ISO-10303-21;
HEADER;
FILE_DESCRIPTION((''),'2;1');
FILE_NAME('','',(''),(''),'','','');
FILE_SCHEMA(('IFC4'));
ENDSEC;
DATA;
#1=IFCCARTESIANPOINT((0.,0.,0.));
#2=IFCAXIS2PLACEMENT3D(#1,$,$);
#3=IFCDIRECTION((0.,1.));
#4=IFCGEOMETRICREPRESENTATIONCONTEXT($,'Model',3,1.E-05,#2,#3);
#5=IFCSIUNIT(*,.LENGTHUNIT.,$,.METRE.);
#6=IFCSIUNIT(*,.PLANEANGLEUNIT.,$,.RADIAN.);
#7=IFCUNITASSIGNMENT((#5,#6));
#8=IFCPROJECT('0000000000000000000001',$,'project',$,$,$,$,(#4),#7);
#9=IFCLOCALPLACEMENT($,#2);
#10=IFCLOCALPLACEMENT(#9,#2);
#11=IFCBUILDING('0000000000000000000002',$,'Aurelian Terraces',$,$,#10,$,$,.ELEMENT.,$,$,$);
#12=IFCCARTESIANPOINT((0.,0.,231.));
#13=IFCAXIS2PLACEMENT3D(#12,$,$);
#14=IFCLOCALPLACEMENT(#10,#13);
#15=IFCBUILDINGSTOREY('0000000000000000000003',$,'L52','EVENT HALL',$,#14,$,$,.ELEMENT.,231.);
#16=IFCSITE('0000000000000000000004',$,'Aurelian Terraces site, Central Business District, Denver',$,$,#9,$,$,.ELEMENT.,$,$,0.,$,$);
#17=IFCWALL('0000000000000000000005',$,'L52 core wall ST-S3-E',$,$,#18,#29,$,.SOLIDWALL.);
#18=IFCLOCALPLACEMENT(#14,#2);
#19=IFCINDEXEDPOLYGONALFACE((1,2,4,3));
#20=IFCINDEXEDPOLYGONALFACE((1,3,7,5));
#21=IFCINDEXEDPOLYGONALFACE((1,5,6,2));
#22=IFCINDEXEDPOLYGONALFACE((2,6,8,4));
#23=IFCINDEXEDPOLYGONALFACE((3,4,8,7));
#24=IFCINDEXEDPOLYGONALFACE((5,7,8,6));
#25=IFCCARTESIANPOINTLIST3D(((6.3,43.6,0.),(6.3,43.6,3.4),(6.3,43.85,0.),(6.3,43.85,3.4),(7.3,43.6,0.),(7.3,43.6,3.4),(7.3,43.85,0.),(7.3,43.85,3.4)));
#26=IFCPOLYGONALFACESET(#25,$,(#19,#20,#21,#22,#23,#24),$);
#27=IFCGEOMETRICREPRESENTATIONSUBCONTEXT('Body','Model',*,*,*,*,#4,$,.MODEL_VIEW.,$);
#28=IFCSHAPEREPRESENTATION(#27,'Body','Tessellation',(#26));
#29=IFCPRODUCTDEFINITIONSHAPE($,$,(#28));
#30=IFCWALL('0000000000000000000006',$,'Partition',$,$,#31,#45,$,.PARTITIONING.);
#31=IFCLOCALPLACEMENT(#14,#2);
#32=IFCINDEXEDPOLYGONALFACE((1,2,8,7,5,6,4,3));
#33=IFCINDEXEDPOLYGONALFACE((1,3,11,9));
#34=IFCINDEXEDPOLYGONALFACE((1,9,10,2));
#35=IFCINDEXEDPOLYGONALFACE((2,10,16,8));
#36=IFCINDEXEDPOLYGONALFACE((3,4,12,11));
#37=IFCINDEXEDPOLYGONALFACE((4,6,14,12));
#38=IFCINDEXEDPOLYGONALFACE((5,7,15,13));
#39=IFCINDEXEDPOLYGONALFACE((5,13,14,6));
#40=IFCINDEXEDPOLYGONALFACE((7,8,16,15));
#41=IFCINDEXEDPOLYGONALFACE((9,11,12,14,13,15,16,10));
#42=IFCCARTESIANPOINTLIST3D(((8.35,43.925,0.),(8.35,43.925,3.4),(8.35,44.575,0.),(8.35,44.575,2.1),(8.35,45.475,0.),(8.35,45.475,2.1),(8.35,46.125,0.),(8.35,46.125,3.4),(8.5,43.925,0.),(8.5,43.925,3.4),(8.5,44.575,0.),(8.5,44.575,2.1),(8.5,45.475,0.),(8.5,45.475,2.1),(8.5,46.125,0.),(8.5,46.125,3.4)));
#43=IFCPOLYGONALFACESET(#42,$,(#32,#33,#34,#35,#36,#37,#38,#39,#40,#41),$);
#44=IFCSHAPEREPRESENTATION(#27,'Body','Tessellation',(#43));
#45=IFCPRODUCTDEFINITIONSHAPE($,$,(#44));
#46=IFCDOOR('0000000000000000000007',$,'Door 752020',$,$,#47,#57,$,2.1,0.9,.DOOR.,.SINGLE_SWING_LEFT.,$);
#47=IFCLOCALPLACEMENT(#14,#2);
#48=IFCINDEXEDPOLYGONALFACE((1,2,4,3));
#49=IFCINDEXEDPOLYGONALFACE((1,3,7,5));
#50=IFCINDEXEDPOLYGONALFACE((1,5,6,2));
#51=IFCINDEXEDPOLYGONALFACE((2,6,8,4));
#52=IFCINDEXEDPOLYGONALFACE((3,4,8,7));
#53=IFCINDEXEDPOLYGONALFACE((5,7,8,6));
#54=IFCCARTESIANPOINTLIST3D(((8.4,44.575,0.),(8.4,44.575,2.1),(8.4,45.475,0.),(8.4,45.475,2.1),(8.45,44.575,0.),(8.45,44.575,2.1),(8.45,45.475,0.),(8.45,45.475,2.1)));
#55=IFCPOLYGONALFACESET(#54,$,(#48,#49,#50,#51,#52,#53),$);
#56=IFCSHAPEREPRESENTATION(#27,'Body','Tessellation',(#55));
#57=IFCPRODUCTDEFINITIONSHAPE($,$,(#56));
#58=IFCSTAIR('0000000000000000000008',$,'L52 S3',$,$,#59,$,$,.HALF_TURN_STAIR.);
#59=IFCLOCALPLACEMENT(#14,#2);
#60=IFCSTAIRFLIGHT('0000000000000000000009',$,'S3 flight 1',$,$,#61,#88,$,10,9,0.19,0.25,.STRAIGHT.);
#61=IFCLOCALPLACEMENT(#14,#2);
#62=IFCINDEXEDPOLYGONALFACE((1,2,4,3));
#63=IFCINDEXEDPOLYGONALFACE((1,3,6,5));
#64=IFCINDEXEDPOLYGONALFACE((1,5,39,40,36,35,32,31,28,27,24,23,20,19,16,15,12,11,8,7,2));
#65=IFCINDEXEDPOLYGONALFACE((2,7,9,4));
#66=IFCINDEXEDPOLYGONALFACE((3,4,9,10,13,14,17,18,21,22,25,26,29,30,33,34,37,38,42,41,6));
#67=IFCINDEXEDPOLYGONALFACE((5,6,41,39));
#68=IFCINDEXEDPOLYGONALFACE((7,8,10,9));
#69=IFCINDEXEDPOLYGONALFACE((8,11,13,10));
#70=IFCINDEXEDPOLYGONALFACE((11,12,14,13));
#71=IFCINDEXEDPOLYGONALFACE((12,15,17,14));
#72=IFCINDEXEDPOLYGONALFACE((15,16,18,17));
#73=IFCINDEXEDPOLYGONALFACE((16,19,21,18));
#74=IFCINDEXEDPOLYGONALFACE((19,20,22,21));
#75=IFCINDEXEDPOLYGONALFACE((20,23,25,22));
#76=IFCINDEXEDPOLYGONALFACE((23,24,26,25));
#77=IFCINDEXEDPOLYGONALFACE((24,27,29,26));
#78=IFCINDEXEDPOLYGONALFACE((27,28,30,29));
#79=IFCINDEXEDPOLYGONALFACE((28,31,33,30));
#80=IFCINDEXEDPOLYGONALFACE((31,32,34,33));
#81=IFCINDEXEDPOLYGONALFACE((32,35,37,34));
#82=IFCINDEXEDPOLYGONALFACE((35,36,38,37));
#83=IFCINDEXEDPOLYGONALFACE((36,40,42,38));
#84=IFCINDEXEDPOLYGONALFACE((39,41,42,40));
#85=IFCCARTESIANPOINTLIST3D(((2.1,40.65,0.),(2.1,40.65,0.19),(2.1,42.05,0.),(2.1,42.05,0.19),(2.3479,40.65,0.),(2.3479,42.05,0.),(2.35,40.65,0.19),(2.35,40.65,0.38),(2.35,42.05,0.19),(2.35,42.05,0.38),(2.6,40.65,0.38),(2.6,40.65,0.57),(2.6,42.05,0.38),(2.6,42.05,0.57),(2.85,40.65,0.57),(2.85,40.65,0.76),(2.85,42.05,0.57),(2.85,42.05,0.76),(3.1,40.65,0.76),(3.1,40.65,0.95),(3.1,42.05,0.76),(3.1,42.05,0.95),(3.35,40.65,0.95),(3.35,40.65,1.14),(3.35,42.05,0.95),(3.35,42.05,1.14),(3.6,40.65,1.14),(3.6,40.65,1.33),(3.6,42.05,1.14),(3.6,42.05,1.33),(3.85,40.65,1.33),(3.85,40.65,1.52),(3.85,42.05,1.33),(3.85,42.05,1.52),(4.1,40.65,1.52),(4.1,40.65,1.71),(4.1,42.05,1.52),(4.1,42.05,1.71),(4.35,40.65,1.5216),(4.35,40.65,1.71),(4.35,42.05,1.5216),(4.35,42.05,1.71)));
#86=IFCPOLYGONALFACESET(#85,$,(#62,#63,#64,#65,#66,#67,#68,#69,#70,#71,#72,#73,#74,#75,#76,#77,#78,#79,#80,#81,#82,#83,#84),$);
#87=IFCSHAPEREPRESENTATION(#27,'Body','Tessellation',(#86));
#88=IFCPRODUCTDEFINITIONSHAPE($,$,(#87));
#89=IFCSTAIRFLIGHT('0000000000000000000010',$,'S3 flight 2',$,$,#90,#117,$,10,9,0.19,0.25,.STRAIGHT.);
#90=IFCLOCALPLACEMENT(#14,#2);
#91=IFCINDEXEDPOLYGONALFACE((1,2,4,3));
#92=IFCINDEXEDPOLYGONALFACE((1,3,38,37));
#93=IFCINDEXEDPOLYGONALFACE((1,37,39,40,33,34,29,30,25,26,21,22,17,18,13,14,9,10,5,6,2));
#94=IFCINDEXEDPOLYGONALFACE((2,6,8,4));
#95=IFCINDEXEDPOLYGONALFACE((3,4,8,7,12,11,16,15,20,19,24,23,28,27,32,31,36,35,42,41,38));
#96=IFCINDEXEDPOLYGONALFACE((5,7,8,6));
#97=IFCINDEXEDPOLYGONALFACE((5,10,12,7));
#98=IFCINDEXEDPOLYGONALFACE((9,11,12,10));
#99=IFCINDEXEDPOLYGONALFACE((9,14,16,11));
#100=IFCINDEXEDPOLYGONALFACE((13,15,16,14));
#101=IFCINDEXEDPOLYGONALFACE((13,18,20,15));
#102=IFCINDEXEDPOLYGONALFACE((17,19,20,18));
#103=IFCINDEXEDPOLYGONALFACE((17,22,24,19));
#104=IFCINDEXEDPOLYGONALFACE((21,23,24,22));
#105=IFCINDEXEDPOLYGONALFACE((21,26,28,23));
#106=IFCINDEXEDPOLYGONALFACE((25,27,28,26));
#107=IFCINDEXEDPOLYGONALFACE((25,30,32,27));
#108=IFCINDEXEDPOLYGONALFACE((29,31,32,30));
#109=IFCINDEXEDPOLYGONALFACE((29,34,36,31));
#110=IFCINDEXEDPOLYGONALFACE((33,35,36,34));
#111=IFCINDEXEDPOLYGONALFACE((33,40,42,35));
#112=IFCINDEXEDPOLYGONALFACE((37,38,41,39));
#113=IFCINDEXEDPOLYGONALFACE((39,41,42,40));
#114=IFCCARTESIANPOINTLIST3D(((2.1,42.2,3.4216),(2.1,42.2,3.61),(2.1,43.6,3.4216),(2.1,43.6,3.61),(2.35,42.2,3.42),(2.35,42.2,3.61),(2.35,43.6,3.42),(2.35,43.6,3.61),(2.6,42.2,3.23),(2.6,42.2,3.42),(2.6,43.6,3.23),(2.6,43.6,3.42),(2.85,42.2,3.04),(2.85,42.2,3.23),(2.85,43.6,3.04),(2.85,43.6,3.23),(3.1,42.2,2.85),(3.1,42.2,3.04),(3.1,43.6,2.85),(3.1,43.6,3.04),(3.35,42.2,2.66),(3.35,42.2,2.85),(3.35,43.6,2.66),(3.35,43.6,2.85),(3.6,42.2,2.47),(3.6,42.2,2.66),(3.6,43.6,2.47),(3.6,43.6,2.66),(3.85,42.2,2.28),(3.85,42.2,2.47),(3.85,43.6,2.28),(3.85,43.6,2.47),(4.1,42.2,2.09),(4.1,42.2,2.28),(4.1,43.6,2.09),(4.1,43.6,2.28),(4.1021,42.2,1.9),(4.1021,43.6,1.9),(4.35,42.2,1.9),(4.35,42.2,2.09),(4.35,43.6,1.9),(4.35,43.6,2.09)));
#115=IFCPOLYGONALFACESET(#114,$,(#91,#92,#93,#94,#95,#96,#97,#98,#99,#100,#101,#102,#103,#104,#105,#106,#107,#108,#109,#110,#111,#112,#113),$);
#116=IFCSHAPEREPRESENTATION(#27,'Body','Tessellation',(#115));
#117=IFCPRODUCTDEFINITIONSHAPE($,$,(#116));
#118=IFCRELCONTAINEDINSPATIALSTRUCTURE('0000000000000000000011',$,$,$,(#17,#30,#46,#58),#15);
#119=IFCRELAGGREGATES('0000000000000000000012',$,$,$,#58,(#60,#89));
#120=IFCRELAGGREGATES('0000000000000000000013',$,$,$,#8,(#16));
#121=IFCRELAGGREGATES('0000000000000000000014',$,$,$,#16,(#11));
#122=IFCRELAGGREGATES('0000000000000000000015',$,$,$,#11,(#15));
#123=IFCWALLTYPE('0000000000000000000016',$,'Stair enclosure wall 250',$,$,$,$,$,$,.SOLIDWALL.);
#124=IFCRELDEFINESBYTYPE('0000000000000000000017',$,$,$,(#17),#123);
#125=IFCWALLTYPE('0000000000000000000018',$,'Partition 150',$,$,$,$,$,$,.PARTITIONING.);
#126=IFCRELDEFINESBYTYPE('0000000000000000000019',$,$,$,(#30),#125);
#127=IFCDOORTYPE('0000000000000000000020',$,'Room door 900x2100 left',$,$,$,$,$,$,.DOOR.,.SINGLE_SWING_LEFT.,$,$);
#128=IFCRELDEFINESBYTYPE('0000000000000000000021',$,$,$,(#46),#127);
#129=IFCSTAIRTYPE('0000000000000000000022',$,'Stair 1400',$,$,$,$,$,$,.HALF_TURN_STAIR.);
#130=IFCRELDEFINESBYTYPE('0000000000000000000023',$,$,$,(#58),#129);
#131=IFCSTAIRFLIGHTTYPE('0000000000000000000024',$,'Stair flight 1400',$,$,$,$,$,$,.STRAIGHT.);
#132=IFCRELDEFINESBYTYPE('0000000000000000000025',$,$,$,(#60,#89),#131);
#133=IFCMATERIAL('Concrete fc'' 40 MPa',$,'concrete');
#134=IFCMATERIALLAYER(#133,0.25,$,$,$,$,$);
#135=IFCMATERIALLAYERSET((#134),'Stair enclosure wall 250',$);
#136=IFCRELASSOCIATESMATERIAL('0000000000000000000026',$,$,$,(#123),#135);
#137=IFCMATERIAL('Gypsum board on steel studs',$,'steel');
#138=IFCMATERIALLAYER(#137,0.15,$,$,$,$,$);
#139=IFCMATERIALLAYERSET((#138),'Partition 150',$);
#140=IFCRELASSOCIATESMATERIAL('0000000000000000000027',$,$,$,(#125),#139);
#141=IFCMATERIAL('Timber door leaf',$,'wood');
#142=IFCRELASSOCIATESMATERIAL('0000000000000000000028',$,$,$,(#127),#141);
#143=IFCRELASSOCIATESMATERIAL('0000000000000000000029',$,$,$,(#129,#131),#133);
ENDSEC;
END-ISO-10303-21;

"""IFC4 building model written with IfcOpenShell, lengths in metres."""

from ifc_helpers import new_model, si_unit, direction, frame, frame_2d, origin, place, context, subcontext, project, spatial, polyline, rectangle, outline, extrude, source, transform, mapped, material, layer, layer_set, type_object, element, fill, aggregate, save


model = new_model("IFC4")

# Units and contexts
model_context = context("Model", 3, precision=1e-05, world=origin(), true_north=direction((0.0, 1.0)))
body_context = subcontext(model_context, "Body", "Model", "MODEL_VIEW")
ifc_project = project(units=[si_unit("LENGTHUNIT", "METRE"), si_unit("PLANEANGLEUNIT", "RADIAN")], contexts=[model_context])

# Site, building, storey
site_placement = place(None, origin())
site = spatial("IfcSite", under=ifc_project, at=site_placement, Name="Aurelian Terraces site, Central Business District, Denver", CompositionType="ELEMENT", RefElevation=0.0)
building_placement = place(site_placement, origin())
building = spatial("IfcBuilding", under=site, at=building_placement, Name="Aurelian Terraces", CompositionType="ELEMENT")
storey_placement = place(building_placement, frame((0.0, 0.0, 231.0)))
storey = spatial("IfcBuildingStorey", under=building, at=storey_placement, Name="L52", Description="EVENT HALL", CompositionType="ELEMENT", Elevation=231.0)

# Shared definitions
ifc_material_1 = material(Name="Concrete fc' 40 MPa", Category="concrete")

# Shared definitions
ifc_layer_1 = layer(ifc_material_1, 0.25)
ifc_layer_set_1 = layer_set([ifc_layer_1], Name="Stair enclosure wall 250")
wall_type_1 = type_object("IfcWallType", Name="Stair enclosure wall 250", PredefinedType="SOLIDWALL", material=ifc_layer_set_1)

# Wall
ifc_material_2 = material(Name="Gypsum board on steel studs", Category="steel")
shared_shape_1 = source(origin(), body_context, "Body", "SweptSolid", [
    extrude(rectangle(XDim=1.0, YDim=0.25, at=frame_2d((0.5, 0.0))), origin(), (0.0, 0.0, 1.0), 3.4),
])
wall_1_placement = place(storey_placement, frame((6.3, 43.725, 0.0), z_axis=(0.0, 0.0, 1.0), x_axis=(1.0, 0.0, 0.0)))
element("IfcWall", 1, at=wall_1_placement, inside=storey, type_object=wall_type_1, Name="L52 core wall ST-S3-E", PredefinedType="SOLIDWALL", context=body_context, shape_type="MappedRepresentation", body=[
    mapped(shared_shape_1, transform((0.0, 0.0, 0.0), scale=1.0)),
])

# Wall, opening, door
ifc_layer_2 = layer(ifc_material_2, 0.15)
ifc_layer_set_2 = layer_set([ifc_layer_2], Name="Partition 150")
wall_type_2 = type_object("IfcWallType", Name="Partition 150", PredefinedType="PARTITIONING", material=ifc_layer_set_2)
shared_shape_2 = source(origin(), body_context, "Body", "SweptSolid", [
    extrude(rectangle(XDim=2.2, YDim=0.15, at=frame_2d((1.1, 0.0))), origin(), (0.0, 0.0, 1.0), 3.4),
])
wall_2_placement = place(storey_placement, frame((8.425, 43.925, 0.0), z_axis=(0.0, 0.0, 1.0), x_axis=(0.0, 1.0, 0.0)))
wall_2 = element("IfcWall", 2, at=wall_2_placement, inside=storey, type_object=wall_type_2, Name="Partition", PredefinedType="PARTITIONING", context=body_context, shape_type="MappedRepresentation", body=[
    mapped(shared_shape_2, transform((0.0, 0.0, 0.0), scale=1.0)),
])
shared_shape_3 = source(origin(), body_context, "Body", "SweptSolid", [
    extrude(rectangle(XDim=0.9, YDim=2.1, at=frame_2d((0.45, 1.05))), frame((0.0, 0.085, 0.0), z_axis=(0.0, -1.0, 0.0), x_axis=(1.0, 0.0, 0.0)), (0.0, 0.0, 1.0), 0.17),
])
opening_1_placement = place(wall_2_placement, frame((0.65, 0.0, 0.0)))
opening_1 = element("IfcOpeningElement", 3, at=opening_1_placement, cuts=wall_2, PredefinedType="OPENING", context=body_context, shape_type="MappedRepresentation", body=[
    mapped(shared_shape_3, transform((0.0, 0.0, 0.0), scale=1.0)),
])
ifc_material_3 = material(Name="Timber door leaf", Category="wood")
door_type_1 = type_object("IfcDoorType", Name="Room door 900x2100 left", OperationType="SINGLE_SWING_LEFT", PredefinedType="DOOR", material=ifc_material_3)
shared_shape_4 = source(origin(), body_context, "Body", "SweptSolid", [
    extrude(rectangle(XDim=0.9, YDim=2.1, at=frame_2d((0.45, 1.05))), frame((0.0, 0.025, 0.0), z_axis=(0.0, -1.0, 0.0), x_axis=(1.0, 0.0, 0.0)), (0.0, 0.0, 1.0), 0.05),
])
door_1_placement = place(opening_1_placement, origin())
door_1 = element("IfcDoor", 4, at=door_1_placement, inside=storey, type_object=door_type_1, Name="Door 752020", OperationType="SINGLE_SWING_LEFT", OverallHeight=2.1, OverallWidth=0.9, PredefinedType="DOOR", context=body_context, shape_type="MappedRepresentation", body=[
    mapped(shared_shape_4, transform((0.0, 0.0, 0.0), scale=1.0)),
])
fill(opening_1, door_1)

# Stair, stair flights
stair_type = type_object("IfcStairType", Name="Stair 1400", PredefinedType="HALF_TURN_STAIR", material=ifc_material_1)
stair_placement = place(storey_placement, origin())
stair = element("IfcStair", 5, at=stair_placement, inside=storey, type_object=stair_type, Name="L52 S3", PredefinedType="HALF_TURN_STAIR")
stair_flight_type = type_object("IfcStairFlightType", Name="Stair flight 1400", PredefinedType="STRAIGHT", material=ifc_material_1)
shared_shape_5 = source(origin(), body_context, "Body", "SweptSolid", [
    extrude(outline(polyline([(0.0, 0.0), (0.0, 0.19), (0.25, 0.19), (0.25, 0.38), (0.5, 0.38), (0.5, 0.57), (0.75, 0.57), (0.75, 0.76), (1.0, 0.76), (1.0, 0.95), (1.25, 0.95), (1.25, 1.14), (1.5, 1.14), (1.5, 1.33), (1.75, 1.33), (1.75, 1.52), (2.0, 1.52), (2.0, 1.71), (2.25, 1.71), (2.25, 1.9), (2.25, 1.5216), (0.2479, 0.0), (0.0, 0.0)])), frame((0.0, 0.7, 0.0), z_axis=(0.0, -1.0, 0.0), x_axis=(1.0, 0.0, 0.0)), (0.0, 0.0, 1.0), 1.4),
])
stair_flight_1_placement = place(storey_placement, frame((2.1, 41.35, 0.0), z_axis=(0.0, 0.0, 1.0), x_axis=(1.0, 0.0, 0.0)))
stair_flight_1 = element("IfcStairFlight", 6, at=stair_flight_1_placement, type_object=stair_flight_type, Name="S3 flight 1", NumberOfRisers=10, NumberOfTreads=9, PredefinedType="STRAIGHT", RiserHeight=0.19, TreadLength=0.25, context=body_context, shape_type="MappedRepresentation", body=[
    mapped(shared_shape_5, transform((0.0, 0.0, 0.0), scale=1.0)),
])
stair_flight_2_placement = place(storey_placement, frame((4.35, 42.9, 1.9), z_axis=(0.0, 0.0, 1.0), x_axis=(-1.0, 0.0, 0.0)))
stair_flight_2 = element("IfcStairFlight", 7, at=stair_flight_2_placement, type_object=stair_flight_type, Name="S3 flight 2", NumberOfRisers=10, NumberOfTreads=9, PredefinedType="STRAIGHT", RiserHeight=0.19, TreadLength=0.25, context=body_context, shape_type="MappedRepresentation", body=[
    mapped(shared_shape_5, transform((0.0, 0.0, 0.0), scale=1.0)),
])
aggregate(stair, [stair_flight_1, stair_flight_2])

save(model, "model.ifc")
